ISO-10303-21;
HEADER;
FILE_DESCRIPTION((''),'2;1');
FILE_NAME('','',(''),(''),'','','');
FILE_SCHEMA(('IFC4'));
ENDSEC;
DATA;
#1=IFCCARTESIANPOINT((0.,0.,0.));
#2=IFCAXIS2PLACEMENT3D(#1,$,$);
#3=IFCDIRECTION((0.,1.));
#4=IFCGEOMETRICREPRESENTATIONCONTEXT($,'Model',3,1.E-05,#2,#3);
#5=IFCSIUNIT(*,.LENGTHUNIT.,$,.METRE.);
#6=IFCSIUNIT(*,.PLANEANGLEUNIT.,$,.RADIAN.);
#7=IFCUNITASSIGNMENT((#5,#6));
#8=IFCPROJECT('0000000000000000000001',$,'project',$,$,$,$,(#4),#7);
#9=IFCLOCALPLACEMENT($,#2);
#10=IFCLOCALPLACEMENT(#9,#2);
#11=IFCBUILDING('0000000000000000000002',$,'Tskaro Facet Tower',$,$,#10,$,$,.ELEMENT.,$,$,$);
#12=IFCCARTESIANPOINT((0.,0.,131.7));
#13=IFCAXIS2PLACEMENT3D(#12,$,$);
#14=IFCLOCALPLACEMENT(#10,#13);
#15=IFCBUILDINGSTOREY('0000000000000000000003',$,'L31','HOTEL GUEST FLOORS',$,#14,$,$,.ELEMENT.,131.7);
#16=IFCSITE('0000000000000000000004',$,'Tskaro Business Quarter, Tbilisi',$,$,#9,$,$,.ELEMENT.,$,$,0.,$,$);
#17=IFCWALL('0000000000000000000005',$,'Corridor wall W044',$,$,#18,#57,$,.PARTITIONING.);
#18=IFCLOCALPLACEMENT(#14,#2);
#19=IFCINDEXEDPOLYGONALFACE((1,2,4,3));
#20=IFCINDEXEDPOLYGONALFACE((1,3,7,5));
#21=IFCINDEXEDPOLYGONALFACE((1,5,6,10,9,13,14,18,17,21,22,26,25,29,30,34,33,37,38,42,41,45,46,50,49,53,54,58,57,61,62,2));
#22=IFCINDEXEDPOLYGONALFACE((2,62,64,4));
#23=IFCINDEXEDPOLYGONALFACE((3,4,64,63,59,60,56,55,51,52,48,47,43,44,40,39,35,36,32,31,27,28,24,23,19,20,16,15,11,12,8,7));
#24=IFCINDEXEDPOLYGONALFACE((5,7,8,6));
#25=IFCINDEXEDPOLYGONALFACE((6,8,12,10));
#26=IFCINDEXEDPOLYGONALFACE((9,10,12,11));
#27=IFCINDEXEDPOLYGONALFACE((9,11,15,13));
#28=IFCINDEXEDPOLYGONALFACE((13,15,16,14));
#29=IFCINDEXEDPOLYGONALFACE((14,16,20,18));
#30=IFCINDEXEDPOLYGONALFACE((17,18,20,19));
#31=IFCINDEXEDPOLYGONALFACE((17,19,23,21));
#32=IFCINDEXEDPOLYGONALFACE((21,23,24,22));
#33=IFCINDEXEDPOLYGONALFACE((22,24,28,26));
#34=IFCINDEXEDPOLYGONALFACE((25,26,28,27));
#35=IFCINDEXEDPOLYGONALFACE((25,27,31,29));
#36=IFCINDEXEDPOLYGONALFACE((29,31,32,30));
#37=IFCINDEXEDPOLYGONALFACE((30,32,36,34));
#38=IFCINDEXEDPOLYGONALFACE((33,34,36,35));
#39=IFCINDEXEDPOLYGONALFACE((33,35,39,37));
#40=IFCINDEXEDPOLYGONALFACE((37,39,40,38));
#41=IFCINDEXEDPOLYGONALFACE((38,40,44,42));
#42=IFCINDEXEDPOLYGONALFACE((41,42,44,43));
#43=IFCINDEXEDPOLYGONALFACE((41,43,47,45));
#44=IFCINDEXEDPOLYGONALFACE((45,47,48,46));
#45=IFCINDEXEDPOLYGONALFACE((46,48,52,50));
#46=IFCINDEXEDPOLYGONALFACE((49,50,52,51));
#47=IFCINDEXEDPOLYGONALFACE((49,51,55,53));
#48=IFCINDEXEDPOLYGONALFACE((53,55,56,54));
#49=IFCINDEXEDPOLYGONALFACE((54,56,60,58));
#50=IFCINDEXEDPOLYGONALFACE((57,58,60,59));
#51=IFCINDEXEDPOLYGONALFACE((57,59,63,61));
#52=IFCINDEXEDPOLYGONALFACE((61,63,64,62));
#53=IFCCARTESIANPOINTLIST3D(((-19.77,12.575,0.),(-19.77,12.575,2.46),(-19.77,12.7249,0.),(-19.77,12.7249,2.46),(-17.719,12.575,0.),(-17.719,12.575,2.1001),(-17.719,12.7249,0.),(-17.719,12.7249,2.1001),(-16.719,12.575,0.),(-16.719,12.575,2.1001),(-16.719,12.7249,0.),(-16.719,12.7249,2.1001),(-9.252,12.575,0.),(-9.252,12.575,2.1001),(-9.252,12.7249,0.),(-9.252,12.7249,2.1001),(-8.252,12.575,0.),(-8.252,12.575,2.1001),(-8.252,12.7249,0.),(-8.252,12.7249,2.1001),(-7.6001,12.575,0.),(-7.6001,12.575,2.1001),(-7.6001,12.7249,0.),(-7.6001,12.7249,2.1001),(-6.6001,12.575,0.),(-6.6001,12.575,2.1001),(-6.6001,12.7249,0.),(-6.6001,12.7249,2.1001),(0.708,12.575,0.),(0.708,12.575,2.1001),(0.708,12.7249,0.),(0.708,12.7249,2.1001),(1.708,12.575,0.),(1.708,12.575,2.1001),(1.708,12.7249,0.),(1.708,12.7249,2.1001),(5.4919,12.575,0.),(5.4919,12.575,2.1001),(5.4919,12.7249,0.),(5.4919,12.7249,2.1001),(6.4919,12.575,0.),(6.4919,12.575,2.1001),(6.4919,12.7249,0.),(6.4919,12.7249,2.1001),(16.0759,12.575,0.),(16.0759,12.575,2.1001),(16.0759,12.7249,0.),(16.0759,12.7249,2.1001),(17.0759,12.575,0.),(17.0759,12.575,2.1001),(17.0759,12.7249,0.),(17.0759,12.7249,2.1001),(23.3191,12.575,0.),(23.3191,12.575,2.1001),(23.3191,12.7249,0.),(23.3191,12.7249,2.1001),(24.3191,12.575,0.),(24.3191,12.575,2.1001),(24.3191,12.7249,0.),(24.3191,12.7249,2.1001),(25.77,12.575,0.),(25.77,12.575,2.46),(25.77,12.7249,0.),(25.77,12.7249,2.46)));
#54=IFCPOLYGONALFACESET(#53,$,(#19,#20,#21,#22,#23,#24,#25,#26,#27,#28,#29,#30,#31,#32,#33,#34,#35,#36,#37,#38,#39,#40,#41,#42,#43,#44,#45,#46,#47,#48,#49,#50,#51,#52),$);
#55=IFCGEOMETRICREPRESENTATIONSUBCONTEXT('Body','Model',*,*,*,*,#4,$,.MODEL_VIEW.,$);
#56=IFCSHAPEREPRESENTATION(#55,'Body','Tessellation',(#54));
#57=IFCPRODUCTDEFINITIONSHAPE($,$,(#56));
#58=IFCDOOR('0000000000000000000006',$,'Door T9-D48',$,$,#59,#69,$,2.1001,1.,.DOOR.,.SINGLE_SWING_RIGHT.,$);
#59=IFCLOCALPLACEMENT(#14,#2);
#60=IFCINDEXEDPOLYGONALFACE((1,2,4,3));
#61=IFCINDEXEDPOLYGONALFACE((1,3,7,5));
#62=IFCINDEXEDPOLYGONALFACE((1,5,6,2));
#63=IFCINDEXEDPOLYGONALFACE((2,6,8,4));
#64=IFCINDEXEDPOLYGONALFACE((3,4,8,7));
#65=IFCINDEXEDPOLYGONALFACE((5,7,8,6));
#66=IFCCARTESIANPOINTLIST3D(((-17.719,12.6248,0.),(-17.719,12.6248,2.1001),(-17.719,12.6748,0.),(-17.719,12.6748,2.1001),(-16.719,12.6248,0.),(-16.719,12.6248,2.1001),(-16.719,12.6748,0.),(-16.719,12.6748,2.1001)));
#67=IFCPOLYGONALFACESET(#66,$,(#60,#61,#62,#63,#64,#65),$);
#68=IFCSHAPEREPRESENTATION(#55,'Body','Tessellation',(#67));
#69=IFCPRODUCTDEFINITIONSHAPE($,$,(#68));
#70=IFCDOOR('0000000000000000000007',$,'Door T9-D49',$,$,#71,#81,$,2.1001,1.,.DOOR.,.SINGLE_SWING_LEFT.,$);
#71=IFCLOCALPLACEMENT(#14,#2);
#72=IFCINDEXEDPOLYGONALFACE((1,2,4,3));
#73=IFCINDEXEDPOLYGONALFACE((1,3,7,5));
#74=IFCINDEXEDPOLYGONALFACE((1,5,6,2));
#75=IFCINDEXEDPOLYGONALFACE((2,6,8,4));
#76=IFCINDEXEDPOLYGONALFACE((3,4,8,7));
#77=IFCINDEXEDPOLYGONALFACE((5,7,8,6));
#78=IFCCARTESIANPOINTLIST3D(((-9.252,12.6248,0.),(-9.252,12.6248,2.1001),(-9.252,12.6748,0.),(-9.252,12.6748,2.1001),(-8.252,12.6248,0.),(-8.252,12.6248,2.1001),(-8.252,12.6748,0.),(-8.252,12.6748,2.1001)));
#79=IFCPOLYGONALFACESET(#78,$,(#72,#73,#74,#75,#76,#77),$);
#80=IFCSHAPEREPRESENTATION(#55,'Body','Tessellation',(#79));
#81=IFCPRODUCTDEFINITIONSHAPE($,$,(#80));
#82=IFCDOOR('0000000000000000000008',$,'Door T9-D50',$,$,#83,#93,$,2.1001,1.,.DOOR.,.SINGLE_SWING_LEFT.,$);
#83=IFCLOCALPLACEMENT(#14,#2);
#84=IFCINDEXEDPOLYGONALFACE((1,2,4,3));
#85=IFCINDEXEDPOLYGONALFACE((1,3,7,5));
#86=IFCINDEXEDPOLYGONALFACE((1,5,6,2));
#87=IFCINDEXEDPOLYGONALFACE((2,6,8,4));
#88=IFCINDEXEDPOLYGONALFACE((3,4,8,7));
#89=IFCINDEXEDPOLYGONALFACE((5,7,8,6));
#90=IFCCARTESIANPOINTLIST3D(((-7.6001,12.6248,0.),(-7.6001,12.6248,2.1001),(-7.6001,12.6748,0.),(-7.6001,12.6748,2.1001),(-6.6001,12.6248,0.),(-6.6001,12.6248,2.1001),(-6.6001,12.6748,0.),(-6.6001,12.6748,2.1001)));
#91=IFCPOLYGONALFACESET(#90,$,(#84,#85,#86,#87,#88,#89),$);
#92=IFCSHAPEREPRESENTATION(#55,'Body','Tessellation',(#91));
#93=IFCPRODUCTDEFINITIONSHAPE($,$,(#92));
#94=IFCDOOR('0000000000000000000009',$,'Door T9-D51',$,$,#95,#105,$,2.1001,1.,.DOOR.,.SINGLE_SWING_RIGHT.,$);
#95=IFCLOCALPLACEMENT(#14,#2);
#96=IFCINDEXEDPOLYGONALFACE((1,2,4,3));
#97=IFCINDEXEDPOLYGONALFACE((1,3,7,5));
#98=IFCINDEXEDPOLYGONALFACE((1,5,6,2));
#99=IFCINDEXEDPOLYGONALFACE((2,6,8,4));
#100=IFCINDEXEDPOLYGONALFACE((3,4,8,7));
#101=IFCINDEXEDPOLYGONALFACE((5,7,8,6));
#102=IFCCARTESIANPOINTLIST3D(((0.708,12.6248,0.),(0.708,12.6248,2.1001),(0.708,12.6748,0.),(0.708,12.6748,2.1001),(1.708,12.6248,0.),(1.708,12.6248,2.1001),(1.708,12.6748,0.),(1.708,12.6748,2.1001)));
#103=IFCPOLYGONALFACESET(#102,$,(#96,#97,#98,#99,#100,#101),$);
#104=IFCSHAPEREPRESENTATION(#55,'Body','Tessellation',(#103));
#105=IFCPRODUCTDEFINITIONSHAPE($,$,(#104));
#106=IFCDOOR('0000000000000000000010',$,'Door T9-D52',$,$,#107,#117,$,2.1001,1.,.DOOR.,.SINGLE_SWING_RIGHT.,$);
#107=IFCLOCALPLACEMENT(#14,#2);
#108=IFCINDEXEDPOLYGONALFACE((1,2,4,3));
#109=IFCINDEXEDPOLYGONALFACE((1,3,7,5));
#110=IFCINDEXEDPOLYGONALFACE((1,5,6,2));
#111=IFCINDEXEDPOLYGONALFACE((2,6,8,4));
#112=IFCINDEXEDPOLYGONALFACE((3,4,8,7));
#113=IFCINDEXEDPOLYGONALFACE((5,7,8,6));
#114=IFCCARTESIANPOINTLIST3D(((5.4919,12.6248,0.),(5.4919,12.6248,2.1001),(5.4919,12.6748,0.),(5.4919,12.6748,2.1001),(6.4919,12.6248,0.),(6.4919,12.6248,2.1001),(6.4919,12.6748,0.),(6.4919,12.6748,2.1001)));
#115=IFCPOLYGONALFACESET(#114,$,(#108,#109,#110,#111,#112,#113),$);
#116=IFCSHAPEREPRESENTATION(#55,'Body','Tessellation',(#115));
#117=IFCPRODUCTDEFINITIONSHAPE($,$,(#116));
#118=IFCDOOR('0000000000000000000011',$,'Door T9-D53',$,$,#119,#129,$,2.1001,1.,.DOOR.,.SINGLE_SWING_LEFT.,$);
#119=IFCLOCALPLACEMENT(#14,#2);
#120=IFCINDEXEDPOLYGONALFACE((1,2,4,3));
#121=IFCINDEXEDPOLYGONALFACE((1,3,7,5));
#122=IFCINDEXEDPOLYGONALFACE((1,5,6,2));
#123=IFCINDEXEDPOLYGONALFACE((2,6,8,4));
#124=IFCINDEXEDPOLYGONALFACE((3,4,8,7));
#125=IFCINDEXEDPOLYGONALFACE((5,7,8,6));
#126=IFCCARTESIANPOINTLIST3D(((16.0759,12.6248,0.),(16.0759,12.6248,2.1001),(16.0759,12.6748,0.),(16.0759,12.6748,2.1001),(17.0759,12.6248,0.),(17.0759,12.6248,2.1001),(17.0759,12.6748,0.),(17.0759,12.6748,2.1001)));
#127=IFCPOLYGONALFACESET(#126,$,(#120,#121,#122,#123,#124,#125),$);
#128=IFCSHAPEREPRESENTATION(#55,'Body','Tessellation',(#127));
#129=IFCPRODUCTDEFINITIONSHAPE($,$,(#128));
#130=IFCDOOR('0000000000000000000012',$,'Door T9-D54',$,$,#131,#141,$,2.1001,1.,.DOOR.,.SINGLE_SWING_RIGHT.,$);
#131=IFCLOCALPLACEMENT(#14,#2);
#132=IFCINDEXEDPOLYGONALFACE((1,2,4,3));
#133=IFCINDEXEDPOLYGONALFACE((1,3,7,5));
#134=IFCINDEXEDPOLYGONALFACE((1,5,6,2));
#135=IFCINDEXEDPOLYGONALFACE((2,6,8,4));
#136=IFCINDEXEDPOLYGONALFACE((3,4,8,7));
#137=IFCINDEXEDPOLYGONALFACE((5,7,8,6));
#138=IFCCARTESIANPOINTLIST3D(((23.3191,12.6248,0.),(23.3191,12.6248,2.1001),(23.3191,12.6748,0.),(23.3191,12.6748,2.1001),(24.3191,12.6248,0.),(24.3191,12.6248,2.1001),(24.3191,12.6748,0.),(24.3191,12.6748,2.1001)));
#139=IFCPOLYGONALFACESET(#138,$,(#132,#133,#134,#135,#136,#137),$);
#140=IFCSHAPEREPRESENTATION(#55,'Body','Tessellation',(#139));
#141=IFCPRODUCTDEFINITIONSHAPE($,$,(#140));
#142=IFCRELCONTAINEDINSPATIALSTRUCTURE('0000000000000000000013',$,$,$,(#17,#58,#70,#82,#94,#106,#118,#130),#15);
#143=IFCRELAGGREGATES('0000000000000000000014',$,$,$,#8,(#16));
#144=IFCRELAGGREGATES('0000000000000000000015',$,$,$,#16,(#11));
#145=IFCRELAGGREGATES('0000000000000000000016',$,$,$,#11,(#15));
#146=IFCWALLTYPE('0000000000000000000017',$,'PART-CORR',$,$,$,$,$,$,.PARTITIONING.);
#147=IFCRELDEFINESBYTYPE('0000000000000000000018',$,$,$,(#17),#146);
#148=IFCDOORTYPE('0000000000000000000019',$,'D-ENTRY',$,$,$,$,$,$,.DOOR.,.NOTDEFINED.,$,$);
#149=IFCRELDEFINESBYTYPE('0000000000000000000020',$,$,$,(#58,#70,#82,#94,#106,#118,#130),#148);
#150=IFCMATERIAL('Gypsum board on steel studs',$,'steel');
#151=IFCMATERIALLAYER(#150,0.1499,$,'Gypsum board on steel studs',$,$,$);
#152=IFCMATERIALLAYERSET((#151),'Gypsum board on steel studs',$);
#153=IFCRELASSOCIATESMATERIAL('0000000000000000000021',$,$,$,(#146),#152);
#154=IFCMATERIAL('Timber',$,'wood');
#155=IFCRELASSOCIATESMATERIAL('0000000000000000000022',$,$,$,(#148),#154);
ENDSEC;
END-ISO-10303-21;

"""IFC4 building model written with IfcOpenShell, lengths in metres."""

from ifc_helpers import new_model, si_unit, direction, frame, frame_2d, origin, place, context, subcontext, project, spatial, rectangle, extrude, material, layer, layer_set, type_object, element, fill, save


model = new_model("IFC4")

# Units and contexts
model_context = context("Model", 3, precision=1e-05, world=origin(), true_north=direction((0.0, 1.0)))
body_context = subcontext(model_context, "Body", "Model", "MODEL_VIEW")
ifc_project = project(units=[si_unit("LENGTHUNIT", "METRE"), si_unit("PLANEANGLEUNIT", "RADIAN")], contexts=[model_context])

# Site, building, storey
site_placement = place(None, origin())
site = spatial("IfcSite", under=ifc_project, at=site_placement, Name="Tskaro Business Quarter, Tbilisi", CompositionType="ELEMENT", RefElevation=0.0)
building_placement = place(site_placement, origin())
building = spatial("IfcBuilding", under=site, at=building_placement, Name="Tskaro Facet Tower", CompositionType="ELEMENT")
storey_placement = place(building_placement, frame((0.0, 0.0, 131.7)))
storey = spatial("IfcBuildingStorey", under=building, at=storey_placement, Name="L31", Description="HOTEL GUEST FLOORS", CompositionType="ELEMENT", Elevation=131.7)

# Wall, openings, doors
ifc_material_1 = material(Name="Gypsum board on steel studs", Category="steel")
ifc_layer_1 = layer(ifc_material_1, 0.1499, Name="Gypsum board on steel studs")
ifc_layer_set_1 = layer_set([ifc_layer_1], Name="Gypsum board on steel studs")
wall_type_1 = type_object("IfcWallType", Name="PART-CORR", PredefinedType="PARTITIONING", material=ifc_layer_set_1)
wall_1_placement = place(storey_placement, frame((-19.77, 12.6499, 0.0), z_axis=(0.0, 0.0, 1.0), x_axis=(1.0, 0.0, 0.0)))
wall_1 = element("IfcWall", 1, at=wall_1_placement, inside=storey, type_object=wall_type_1, Name="Corridor wall W044", PredefinedType="PARTITIONING", context=body_context, shape_type="SweptSolid", body=[
    extrude(rectangle(XDim=45.54, YDim=0.1499, at=frame_2d((22.77, 0.0))), origin(), (0.0, 0.0, 1.0), 2.46),
])
opening_1_placement = place(wall_1_placement, frame((2.051, 0.0, 0.0)))
opening_1 = element("IfcOpeningElement", 2, at=opening_1_placement, cuts=wall_1, PredefinedType="OPENING", context=body_context, shape_type="SweptSolid", body=[
    extrude(rectangle(XDim=1.0, YDim=2.1001, at=frame_2d((0.5, 1.05))), frame((0.0, 0.085, 0.0), z_axis=(0.0, -1.0, 0.0), x_axis=(1.0, 0.0, 0.0)), (0.0, 0.0, 1.0), 0.1699),
])
opening_2_placement = place(wall_1_placement, frame((10.5181, 0.0, 0.0)))
opening_2 = element("IfcOpeningElement", 3, at=opening_2_placement, cuts=wall_1, PredefinedType="OPENING", context=body_context, shape_type="SweptSolid", body=[
    extrude(rectangle(XDim=1.0, YDim=2.1001, at=frame_2d((0.5, 1.05))), frame((0.0, 0.085, 0.0), z_axis=(0.0, -1.0, 0.0), x_axis=(1.0, 0.0, 0.0)), (0.0, 0.0, 1.0), 0.1699),
])
opening_3_placement = place(wall_1_placement, frame((12.1699, 0.0, 0.0)))
opening_3 = element("IfcOpeningElement", 4, at=opening_3_placement, cuts=wall_1, PredefinedType="OPENING", context=body_context, shape_type="SweptSolid", body=[
    extrude(rectangle(XDim=1.0, YDim=2.1001, at=frame_2d((0.5, 1.05))), frame((0.0, 0.085, 0.0), z_axis=(0.0, -1.0, 0.0), x_axis=(1.0, 0.0, 0.0)), (0.0, 0.0, 1.0), 0.1699),
])
opening_4_placement = place(wall_1_placement, frame((20.478, 0.0, 0.0)))
opening_4 = element("IfcOpeningElement", 5, at=opening_4_placement, cuts=wall_1, PredefinedType="OPENING", context=body_context, shape_type="SweptSolid", body=[
    extrude(rectangle(XDim=1.0, YDim=2.1001, at=frame_2d((0.5, 1.05))), frame((0.0, 0.085, 0.0), z_axis=(0.0, -1.0, 0.0), x_axis=(1.0, 0.0, 0.0)), (0.0, 0.0, 1.0), 0.1699),
])
opening_5_placement = place(wall_1_placement, frame((25.262, 0.0, 0.0)))
opening_5 = element("IfcOpeningElement", 6, at=opening_5_placement, cuts=wall_1, PredefinedType="OPENING", context=body_context, shape_type="SweptSolid", body=[
    extrude(rectangle(XDim=1.0, YDim=2.1001, at=frame_2d((0.5, 1.05))), frame((0.0, 0.085, 0.0), z_axis=(0.0, -1.0, 0.0), x_axis=(1.0, 0.0, 0.0)), (0.0, 0.0, 1.0), 0.1699),
])
opening_6_placement = place(wall_1_placement, frame((35.8459, 0.0, 0.0)))
opening_6 = element("IfcOpeningElement", 7, at=opening_6_placement, cuts=wall_1, PredefinedType="OPENING", context=body_context, shape_type="SweptSolid", body=[
    extrude(rectangle(XDim=1.0, YDim=2.1001, at=frame_2d((0.5, 1.05))), frame((0.0, 0.085, 0.0), z_axis=(0.0, -1.0, 0.0), x_axis=(1.0, 0.0, 0.0)), (0.0, 0.0, 1.0), 0.1699),
])
opening_7_placement = place(wall_1_placement, frame((43.0891, 0.0, 0.0)))
opening_7 = element("IfcOpeningElement", 8, at=opening_7_placement, cuts=wall_1, PredefinedType="OPENING", context=body_context, shape_type="SweptSolid", body=[
    extrude(rectangle(XDim=1.0, YDim=2.1001, at=frame_2d((0.5, 1.05))), frame((0.0, 0.085, 0.0), z_axis=(0.0, -1.0, 0.0), x_axis=(1.0, 0.0, 0.0)), (0.0, 0.0, 1.0), 0.1699),
])
ifc_material_2 = material(Name="Timber", Category="wood")
door_type_1 = type_object("IfcDoorType", Name="D-ENTRY", OperationType="NOTDEFINED", PredefinedType="DOOR", material=ifc_material_2)
door_1_placement = place(opening_1_placement, origin())
door_1 = element("IfcDoor", 9, at=door_1_placement, inside=storey, type_object=door_type_1, Name="Door T9-D48", OperationType="SINGLE_SWING_RIGHT", OverallHeight=2.1001, OverallWidth=1.0, PredefinedType="DOOR", context=body_context, shape_type="SweptSolid", body=[
    extrude(rectangle(XDim=1.0, YDim=2.1001, at=frame_2d((0.5, 1.05))), frame((0.0, 0.0249, 0.0), z_axis=(0.0, -1.0, 0.0), x_axis=(1.0, 0.0, 0.0)), (0.0, 0.0, 1.0), 0.05),
])
fill(opening_1, door_1)
door_2_placement = place(opening_2_placement, origin())
door_2 = element("IfcDoor", 10, at=door_2_placement, inside=storey, type_object=door_type_1, Name="Door T9-D49", OperationType="SINGLE_SWING_LEFT", OverallHeight=2.1001, OverallWidth=1.0, PredefinedType="DOOR", context=body_context, shape_type="SweptSolid", body=[
    extrude(rectangle(XDim=1.0, YDim=2.1001, at=frame_2d((0.5, 1.05))), frame((0.0, 0.0249, 0.0), z_axis=(0.0, -1.0, 0.0), x_axis=(1.0, 0.0, 0.0)), (0.0, 0.0, 1.0), 0.05),
])
fill(opening_2, door_2)
door_3_placement = place(opening_3_placement, origin())
door_3 = element("IfcDoor", 11, at=door_3_placement, inside=storey, type_object=door_type_1, Name="Door T9-D50", OperationType="SINGLE_SWING_LEFT", OverallHeight=2.1001, OverallWidth=1.0, PredefinedType="DOOR", context=body_context, shape_type="SweptSolid", body=[
    extrude(rectangle(XDim=1.0, YDim=2.1001, at=frame_2d((0.5, 1.05))), frame((0.0, 0.0249, 0.0), z_axis=(0.0, -1.0, 0.0), x_axis=(1.0, 0.0, 0.0)), (0.0, 0.0, 1.0), 0.05),
])
fill(opening_3, door_3)
door_4_placement = place(opening_4_placement, origin())
door_4 = element("IfcDoor", 12, at=door_4_placement, inside=storey, type_object=door_type_1, Name="Door T9-D51", OperationType="SINGLE_SWING_RIGHT", OverallHeight=2.1001, OverallWidth=1.0, PredefinedType="DOOR", context=body_context, shape_type="SweptSolid", body=[
    extrude(rectangle(XDim=1.0, YDim=2.1001, at=frame_2d((0.5, 1.05))), frame((0.0, 0.0249, 0.0), z_axis=(0.0, -1.0, 0.0), x_axis=(1.0, 0.0, 0.0)), (0.0, 0.0, 1.0), 0.05),
])
fill(opening_4, door_4)
door_5_placement = place(opening_5_placement, origin())
door_5 = element("IfcDoor", 13, at=door_5_placement, inside=storey, type_object=door_type_1, Name="Door T9-D52", OperationType="SINGLE_SWING_RIGHT", OverallHeight=2.1001, OverallWidth=1.0, PredefinedType="DOOR", context=body_context, shape_type="SweptSolid", body=[
    extrude(rectangle(XDim=1.0, YDim=2.1001, at=frame_2d((0.5, 1.05))), frame((0.0, 0.0249, 0.0), z_axis=(0.0, -1.0, 0.0), x_axis=(1.0, 0.0, 0.0)), (0.0, 0.0, 1.0), 0.05),
])
fill(opening_5, door_5)
door_6_placement = place(opening_6_placement, origin())
door_6 = element("IfcDoor", 14, at=door_6_placement, inside=storey, type_object=door_type_1, Name="Door T9-D53", OperationType="SINGLE_SWING_LEFT", OverallHeight=2.1001, OverallWidth=1.0, PredefinedType="DOOR", context=body_context, shape_type="SweptSolid", body=[
    extrude(rectangle(XDim=1.0, YDim=2.1001, at=frame_2d((0.5, 1.05))), frame((0.0, 0.0249, 0.0), z_axis=(0.0, -1.0, 0.0), x_axis=(1.0, 0.0, 0.0)), (0.0, 0.0, 1.0), 0.05),
])
fill(opening_6, door_6)
door_7_placement = place(opening_7_placement, origin())
door_7 = element("IfcDoor", 15, at=door_7_placement, inside=storey, type_object=door_type_1, Name="Door T9-D54", OperationType="SINGLE_SWING_RIGHT", OverallHeight=2.1001, OverallWidth=1.0, PredefinedType="DOOR", context=body_context, shape_type="SweptSolid", body=[
    extrude(rectangle(XDim=1.0, YDim=2.1001, at=frame_2d((0.5, 1.05))), frame((0.0, 0.0249, 0.0), z_axis=(0.0, -1.0, 0.0), x_axis=(1.0, 0.0, 0.0)), (0.0, 0.0, 1.0), 0.05),
])
fill(opening_7, door_7)

save(model, "model.ifc")
